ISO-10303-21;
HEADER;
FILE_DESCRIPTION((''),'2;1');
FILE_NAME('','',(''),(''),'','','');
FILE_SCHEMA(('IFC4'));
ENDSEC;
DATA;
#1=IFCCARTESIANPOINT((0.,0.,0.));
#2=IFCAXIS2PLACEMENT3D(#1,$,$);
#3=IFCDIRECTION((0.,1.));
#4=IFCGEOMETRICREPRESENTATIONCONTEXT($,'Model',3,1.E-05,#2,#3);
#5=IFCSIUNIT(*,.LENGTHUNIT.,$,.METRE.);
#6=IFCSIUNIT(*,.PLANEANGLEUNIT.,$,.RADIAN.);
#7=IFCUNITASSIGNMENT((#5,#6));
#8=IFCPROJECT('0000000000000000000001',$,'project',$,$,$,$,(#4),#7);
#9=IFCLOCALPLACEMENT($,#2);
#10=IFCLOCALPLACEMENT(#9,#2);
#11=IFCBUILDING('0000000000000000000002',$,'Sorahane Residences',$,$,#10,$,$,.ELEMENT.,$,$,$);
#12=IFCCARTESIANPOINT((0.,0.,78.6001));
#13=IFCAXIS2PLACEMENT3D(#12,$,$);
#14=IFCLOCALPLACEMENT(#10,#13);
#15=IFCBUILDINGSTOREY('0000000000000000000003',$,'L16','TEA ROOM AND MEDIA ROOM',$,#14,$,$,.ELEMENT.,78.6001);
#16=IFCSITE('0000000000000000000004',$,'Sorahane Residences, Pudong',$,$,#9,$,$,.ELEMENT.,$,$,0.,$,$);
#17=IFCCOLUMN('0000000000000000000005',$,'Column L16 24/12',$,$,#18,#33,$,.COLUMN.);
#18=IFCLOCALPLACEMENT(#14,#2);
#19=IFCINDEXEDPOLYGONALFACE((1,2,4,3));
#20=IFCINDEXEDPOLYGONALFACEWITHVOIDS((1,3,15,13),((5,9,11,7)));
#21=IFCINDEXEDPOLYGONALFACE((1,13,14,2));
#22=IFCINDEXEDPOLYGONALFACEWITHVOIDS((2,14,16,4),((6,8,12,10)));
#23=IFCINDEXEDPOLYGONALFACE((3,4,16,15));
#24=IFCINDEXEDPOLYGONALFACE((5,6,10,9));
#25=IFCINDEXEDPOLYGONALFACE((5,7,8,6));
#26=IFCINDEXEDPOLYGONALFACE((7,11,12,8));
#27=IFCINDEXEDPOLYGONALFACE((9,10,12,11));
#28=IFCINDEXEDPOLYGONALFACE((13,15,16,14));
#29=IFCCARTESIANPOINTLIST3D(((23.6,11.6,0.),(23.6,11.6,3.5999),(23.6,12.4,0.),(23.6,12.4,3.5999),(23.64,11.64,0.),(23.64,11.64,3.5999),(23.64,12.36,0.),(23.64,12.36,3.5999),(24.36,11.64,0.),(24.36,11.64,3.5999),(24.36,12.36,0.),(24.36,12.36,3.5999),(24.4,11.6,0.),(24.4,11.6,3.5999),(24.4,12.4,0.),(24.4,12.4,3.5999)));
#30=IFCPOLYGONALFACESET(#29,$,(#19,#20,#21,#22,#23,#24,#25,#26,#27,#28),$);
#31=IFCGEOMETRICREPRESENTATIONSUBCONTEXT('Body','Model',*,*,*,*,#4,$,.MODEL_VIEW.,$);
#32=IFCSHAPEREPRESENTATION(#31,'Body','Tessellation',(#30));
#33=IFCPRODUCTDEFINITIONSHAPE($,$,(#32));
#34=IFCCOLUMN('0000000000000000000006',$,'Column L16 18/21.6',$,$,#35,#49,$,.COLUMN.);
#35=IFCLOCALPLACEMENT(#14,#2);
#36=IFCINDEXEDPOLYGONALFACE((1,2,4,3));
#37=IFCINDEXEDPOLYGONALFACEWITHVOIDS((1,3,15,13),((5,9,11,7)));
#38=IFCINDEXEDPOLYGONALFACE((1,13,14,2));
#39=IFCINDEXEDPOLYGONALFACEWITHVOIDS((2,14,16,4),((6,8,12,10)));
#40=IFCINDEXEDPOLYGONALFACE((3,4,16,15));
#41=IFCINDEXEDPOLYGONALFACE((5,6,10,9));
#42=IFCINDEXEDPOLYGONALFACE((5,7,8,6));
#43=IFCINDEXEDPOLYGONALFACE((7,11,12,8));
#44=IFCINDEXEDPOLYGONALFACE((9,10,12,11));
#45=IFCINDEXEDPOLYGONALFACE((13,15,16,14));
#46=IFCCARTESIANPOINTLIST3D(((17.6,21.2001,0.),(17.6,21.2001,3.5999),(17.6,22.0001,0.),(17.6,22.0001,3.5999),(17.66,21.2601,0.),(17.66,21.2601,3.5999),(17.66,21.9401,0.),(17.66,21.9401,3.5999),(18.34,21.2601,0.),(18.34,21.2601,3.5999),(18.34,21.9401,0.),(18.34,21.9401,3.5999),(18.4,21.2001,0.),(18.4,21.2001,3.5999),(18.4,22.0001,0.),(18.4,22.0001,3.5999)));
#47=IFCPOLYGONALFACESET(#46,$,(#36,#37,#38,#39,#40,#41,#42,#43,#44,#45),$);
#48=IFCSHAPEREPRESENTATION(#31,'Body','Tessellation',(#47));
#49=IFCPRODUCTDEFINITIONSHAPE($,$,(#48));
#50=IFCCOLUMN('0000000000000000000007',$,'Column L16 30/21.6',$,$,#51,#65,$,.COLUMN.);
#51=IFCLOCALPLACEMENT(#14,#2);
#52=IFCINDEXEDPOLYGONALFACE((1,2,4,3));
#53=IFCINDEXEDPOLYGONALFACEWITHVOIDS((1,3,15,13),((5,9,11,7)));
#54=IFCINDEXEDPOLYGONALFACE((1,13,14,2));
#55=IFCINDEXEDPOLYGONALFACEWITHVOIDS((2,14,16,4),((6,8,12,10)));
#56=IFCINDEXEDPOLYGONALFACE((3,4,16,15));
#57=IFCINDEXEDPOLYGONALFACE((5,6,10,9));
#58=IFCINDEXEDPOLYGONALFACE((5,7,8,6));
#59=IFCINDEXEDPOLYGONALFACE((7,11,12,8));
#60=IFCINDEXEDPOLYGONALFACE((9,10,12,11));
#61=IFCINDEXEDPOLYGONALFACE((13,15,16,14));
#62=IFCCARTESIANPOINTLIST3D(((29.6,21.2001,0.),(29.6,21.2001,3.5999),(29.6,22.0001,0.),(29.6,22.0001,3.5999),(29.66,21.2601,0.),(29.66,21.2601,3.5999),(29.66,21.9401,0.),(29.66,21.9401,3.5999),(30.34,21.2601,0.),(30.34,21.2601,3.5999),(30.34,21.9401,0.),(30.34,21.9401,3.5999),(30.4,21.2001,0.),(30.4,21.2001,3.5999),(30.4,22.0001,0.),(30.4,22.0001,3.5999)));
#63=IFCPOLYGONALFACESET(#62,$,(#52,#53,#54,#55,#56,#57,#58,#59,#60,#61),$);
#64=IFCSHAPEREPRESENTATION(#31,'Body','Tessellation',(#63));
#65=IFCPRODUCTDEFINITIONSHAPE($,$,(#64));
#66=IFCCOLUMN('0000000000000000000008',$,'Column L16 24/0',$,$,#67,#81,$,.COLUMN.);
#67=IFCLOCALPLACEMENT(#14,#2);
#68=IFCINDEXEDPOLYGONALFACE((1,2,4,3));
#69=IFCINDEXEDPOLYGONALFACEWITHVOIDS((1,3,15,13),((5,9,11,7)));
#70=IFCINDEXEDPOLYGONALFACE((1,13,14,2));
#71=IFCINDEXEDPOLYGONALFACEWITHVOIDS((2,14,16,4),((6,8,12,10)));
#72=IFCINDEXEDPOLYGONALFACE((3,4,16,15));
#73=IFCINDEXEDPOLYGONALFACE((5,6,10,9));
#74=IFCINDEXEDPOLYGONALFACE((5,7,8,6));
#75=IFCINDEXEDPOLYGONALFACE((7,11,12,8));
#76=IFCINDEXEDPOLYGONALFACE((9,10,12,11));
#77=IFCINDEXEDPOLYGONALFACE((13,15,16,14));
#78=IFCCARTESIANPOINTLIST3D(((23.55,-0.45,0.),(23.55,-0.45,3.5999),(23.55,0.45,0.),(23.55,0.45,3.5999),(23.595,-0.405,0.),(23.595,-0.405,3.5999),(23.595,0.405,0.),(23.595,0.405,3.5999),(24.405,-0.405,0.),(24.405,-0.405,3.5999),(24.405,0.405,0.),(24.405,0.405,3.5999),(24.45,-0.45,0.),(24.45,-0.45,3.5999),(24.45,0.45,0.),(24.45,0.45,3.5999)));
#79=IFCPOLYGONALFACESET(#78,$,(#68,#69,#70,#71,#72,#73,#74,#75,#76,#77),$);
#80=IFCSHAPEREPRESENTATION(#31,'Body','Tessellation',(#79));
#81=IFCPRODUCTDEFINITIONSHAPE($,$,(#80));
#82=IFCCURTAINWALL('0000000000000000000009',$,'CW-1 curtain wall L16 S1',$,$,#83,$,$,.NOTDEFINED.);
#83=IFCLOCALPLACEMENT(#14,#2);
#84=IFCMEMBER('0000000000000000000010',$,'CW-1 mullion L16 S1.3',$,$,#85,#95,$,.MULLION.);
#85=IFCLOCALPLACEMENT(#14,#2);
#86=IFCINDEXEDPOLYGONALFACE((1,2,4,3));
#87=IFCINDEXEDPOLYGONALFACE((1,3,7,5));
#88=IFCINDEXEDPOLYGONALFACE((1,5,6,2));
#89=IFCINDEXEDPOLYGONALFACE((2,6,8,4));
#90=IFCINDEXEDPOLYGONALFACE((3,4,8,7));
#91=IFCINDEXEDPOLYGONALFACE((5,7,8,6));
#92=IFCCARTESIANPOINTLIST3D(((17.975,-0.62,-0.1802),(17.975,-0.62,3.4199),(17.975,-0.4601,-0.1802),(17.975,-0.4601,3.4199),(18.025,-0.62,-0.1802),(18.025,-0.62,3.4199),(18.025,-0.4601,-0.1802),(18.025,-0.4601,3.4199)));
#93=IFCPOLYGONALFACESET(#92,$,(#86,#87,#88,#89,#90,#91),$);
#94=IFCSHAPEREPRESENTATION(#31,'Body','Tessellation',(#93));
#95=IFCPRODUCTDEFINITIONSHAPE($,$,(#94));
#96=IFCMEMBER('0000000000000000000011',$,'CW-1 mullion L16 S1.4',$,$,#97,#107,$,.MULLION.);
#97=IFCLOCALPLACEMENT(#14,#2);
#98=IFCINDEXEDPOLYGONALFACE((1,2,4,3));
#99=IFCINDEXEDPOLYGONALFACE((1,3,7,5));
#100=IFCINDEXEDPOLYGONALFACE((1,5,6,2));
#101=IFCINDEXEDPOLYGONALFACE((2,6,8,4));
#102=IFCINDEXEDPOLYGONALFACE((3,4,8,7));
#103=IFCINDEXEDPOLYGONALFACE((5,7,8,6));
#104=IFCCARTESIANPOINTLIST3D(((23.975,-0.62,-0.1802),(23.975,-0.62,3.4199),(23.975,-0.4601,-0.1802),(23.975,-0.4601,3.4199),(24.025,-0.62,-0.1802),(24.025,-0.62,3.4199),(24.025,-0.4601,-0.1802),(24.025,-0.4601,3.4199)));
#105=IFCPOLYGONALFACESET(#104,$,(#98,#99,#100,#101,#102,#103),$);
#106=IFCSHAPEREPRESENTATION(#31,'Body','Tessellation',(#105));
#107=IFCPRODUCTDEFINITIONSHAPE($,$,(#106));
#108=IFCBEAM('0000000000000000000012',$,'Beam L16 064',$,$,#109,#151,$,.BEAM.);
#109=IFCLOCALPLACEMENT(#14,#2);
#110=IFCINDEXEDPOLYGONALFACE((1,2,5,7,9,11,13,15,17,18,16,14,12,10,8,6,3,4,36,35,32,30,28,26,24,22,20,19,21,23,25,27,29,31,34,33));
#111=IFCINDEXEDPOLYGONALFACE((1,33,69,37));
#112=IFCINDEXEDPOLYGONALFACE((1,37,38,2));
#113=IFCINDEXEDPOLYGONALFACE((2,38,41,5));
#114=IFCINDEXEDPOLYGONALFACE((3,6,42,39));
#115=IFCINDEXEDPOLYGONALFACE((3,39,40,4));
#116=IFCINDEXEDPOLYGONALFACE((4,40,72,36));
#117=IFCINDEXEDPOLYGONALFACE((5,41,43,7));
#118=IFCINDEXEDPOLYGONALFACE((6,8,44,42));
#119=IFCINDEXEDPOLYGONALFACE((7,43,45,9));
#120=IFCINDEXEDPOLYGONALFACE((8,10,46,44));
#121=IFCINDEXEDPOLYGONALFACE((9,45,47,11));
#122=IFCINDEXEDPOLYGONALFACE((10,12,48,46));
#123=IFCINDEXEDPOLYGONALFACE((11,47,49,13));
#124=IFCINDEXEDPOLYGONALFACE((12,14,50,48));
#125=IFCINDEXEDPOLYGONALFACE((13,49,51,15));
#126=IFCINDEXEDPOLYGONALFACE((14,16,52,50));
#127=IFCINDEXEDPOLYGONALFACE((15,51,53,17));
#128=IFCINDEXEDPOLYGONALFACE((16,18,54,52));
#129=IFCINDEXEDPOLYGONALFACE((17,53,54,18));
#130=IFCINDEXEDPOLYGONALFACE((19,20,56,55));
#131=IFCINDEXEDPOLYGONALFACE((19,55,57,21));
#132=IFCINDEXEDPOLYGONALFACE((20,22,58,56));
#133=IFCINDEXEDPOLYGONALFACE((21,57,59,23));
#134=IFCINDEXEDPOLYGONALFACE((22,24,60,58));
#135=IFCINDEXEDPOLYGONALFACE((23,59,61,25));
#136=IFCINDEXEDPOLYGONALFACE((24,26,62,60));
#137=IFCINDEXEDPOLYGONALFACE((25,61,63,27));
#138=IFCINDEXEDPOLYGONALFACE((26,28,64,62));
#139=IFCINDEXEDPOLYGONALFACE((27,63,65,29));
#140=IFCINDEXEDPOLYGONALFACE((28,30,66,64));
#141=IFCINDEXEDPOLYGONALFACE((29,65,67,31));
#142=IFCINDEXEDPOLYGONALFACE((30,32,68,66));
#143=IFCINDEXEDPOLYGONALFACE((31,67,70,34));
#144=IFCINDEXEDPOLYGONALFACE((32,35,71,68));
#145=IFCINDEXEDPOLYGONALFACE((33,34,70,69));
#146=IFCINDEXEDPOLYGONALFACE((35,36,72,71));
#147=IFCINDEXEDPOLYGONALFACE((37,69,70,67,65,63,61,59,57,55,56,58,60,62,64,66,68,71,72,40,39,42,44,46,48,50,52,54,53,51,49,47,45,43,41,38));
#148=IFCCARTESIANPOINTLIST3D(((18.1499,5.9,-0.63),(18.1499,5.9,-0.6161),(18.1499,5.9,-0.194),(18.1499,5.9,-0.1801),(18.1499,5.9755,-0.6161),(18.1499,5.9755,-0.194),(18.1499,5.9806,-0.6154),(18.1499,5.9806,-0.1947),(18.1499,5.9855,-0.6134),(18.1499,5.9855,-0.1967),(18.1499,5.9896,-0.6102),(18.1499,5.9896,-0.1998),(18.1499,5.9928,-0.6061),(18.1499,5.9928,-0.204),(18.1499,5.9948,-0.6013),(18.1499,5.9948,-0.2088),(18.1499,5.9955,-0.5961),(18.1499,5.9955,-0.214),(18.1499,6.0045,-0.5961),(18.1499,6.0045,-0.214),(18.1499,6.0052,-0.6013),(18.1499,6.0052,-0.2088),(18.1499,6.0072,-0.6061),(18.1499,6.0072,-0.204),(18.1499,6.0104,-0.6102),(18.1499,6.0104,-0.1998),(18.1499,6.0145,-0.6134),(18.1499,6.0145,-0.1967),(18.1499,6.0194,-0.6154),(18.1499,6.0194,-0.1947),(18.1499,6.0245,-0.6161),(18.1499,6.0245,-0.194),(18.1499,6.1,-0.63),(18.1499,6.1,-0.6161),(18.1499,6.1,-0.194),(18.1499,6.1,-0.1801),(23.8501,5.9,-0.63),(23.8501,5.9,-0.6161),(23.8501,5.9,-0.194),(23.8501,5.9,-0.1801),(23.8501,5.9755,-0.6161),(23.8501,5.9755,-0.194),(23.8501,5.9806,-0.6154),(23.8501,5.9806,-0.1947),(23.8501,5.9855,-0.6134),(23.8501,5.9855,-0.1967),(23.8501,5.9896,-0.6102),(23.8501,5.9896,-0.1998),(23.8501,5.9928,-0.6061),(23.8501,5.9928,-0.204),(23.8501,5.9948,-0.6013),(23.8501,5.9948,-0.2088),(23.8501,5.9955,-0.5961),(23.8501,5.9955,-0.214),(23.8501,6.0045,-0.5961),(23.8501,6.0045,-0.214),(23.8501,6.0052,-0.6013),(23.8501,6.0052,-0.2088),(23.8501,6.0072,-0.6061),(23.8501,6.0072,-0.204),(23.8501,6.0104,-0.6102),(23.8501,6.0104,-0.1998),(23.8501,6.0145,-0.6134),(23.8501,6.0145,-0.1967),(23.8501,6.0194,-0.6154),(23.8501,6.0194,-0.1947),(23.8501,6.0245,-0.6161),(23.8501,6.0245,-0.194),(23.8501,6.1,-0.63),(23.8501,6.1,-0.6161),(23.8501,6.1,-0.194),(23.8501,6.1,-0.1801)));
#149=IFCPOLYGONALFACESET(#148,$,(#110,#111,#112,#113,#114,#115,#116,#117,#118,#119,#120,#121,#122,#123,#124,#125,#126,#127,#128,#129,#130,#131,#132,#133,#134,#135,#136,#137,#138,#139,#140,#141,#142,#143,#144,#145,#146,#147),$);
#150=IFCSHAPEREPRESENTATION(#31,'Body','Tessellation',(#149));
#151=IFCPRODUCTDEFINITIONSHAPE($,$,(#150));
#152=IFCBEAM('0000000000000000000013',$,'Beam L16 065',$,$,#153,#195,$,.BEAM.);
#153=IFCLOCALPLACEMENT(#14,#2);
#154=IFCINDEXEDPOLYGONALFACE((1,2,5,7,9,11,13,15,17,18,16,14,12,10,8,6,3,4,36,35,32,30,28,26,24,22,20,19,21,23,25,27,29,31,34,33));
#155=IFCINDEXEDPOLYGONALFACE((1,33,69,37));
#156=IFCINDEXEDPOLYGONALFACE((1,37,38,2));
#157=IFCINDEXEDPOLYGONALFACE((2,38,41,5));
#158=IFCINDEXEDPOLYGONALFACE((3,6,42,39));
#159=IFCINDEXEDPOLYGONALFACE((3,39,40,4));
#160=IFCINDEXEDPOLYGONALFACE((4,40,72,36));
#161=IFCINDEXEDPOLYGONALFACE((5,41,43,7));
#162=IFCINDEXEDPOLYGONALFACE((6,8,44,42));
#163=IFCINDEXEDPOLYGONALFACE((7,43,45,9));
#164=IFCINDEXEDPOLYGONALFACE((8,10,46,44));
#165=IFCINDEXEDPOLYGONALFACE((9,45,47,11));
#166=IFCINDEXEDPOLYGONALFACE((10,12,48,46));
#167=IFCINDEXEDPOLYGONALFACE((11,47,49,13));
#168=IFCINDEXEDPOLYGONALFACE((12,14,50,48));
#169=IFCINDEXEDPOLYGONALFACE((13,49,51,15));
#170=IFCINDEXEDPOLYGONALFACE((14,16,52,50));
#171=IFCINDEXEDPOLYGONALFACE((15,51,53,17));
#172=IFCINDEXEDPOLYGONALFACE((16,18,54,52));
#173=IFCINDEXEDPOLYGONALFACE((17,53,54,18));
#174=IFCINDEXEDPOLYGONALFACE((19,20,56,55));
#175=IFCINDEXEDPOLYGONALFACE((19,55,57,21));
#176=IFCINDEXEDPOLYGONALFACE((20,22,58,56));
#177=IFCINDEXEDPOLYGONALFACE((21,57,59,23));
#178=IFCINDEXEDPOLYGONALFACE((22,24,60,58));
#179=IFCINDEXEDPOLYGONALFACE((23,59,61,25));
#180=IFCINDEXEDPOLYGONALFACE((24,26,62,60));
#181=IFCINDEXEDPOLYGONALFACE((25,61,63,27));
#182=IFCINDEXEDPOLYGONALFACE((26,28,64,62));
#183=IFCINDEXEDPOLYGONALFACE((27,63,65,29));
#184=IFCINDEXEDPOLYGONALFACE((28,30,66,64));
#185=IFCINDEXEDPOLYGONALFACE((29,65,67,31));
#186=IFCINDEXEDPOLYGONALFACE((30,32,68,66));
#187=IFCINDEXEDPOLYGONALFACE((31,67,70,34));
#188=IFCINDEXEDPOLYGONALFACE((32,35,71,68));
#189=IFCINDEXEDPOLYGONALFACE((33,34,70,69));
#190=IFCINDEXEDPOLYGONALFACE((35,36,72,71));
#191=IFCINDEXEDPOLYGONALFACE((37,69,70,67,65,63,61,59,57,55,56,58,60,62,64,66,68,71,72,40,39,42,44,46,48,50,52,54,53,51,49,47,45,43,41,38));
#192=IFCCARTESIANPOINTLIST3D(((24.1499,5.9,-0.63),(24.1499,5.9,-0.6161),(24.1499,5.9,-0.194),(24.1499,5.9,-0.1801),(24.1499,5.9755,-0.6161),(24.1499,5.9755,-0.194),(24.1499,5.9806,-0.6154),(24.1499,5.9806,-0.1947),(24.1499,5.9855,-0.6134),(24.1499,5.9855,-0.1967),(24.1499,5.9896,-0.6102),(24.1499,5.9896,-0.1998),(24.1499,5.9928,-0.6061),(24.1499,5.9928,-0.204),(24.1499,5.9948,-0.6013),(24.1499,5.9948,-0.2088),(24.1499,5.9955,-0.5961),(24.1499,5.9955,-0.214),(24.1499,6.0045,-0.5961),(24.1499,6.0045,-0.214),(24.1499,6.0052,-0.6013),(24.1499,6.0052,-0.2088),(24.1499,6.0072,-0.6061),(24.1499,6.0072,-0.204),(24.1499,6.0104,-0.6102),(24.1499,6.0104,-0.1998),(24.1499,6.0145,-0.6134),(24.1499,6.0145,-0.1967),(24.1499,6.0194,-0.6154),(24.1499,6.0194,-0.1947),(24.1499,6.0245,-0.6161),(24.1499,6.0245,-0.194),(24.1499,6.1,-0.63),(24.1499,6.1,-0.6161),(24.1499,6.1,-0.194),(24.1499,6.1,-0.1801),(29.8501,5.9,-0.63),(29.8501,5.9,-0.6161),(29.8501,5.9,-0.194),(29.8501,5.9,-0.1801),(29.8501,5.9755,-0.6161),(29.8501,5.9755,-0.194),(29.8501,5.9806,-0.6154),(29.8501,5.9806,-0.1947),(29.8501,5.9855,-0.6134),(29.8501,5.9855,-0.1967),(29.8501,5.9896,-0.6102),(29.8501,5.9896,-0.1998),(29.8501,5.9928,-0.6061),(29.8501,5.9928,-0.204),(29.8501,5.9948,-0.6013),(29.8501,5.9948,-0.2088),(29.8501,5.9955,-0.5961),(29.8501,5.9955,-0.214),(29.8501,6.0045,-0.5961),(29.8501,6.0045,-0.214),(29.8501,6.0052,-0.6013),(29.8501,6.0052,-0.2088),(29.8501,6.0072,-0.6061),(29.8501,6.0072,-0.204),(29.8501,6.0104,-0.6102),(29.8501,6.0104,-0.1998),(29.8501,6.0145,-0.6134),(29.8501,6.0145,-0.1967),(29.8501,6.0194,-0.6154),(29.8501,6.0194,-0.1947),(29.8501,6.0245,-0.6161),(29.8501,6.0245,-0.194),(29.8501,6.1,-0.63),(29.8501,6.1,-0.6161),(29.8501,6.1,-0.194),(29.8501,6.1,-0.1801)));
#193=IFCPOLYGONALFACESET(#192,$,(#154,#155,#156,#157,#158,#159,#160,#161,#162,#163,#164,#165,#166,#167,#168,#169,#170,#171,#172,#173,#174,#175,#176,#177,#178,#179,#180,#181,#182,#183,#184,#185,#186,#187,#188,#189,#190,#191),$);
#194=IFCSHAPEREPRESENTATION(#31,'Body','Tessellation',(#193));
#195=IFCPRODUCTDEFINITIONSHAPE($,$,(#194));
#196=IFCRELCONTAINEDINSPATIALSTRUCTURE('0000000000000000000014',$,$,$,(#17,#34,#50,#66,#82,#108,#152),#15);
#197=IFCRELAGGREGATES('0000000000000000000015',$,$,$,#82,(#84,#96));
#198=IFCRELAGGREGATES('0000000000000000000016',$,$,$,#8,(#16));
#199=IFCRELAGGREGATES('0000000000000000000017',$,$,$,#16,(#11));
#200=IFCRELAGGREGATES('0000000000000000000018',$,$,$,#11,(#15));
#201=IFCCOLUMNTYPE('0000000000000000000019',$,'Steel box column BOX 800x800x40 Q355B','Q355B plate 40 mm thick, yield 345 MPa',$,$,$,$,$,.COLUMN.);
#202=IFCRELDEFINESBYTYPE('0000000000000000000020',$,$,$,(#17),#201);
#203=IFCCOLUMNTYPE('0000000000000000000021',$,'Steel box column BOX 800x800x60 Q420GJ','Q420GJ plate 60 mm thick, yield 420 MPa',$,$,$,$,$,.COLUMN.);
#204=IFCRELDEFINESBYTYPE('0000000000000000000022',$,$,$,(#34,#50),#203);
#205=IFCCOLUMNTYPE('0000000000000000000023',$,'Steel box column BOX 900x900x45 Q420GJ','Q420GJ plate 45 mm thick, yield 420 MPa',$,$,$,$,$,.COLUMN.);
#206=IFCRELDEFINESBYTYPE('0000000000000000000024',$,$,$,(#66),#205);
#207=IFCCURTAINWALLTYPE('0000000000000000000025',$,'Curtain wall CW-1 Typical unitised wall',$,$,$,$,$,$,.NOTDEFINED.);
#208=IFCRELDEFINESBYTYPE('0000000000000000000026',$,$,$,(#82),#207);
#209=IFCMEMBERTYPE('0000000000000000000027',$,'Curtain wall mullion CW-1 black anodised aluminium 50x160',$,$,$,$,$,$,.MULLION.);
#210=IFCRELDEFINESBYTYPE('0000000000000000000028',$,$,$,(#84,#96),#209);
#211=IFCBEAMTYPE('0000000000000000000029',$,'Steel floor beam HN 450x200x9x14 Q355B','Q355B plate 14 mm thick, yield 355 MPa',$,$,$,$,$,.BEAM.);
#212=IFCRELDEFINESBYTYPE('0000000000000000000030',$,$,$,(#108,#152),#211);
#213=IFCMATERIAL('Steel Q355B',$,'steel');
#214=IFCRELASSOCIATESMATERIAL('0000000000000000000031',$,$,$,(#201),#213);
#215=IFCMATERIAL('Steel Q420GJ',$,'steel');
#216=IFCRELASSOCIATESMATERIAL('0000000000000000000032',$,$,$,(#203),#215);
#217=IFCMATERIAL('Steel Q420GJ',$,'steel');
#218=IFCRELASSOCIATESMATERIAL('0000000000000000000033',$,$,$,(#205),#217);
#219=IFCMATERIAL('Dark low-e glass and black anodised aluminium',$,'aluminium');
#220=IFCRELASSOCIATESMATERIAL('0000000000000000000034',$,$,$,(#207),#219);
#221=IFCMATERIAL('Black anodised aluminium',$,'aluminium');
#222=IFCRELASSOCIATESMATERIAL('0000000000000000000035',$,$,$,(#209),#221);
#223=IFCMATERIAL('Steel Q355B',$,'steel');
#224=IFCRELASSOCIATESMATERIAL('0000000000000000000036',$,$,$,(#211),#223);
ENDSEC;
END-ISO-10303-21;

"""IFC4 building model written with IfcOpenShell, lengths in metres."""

from ifc_helpers import new_model, si_unit, direction, frame, origin, origin_2d, place, context, subcontext, project, spatial, rectangle, hollow_rectangle, i_section, extrude, material, material_profile, profile_set, type_object, element, aggregate, save


model = new_model("IFC4")

# Units and contexts
model_context = context("Model", 3, precision=1e-05, world=origin(), true_north=direction((0.0, 1.0)))
body_context = subcontext(model_context, "Body", "Model", "MODEL_VIEW")
ifc_project = project(units=[si_unit("LENGTHUNIT", "METRE"), si_unit("PLANEANGLEUNIT", "RADIAN")], contexts=[model_context])

# Site, building, storey
site_placement = place(None, origin())
site = spatial("IfcSite", under=ifc_project, at=site_placement, Name="Sorahane Residences, Pudong", CompositionType="ELEMENT", RefElevation=0.0)
building_placement = place(site_placement, origin())
building = spatial("IfcBuilding", under=site, at=building_placement, Name="Sorahane Residences", CompositionType="ELEMENT")
storey_placement = place(building_placement, frame((0.0, 0.0, 78.6001)))
storey = spatial("IfcBuildingStorey", under=building, at=storey_placement, Name="L16", Description="TEA ROOM AND MEDIA ROOM", CompositionType="ELEMENT", Elevation=78.6001)

# Columns
ifc_material_1 = material(Name="Steel Q355B", Category="steel")
ifc_material_profile_1 = material_profile(ifc_material_1, hollow_rectangle(XDim=0.8, YDim=0.8, WallThickness=0.04, at=origin_2d()), Name="BOX 800x800x40")
ifc_profile_set_1 = profile_set([ifc_material_profile_1], Name="Steel Q355B")
column_type_1 = type_object("IfcColumnType", Name="Steel box column BOX 800x800x40 Q355B", Description="Q355B plate 40 mm thick, yield 345 MPa", PredefinedType="COLUMN", material=ifc_profile_set_1)
column_1_placement = place(storey_placement, frame((24.0, 12.0, 0.0), z_axis=(0.0, 0.0, 1.0), x_axis=(1.0, 0.0, 0.0)))
element("IfcColumn", 1, at=column_1_placement, inside=storey, type_object=column_type_1, Name="Column L16 24/12", PredefinedType="COLUMN", context=body_context, shape_type="SweptSolid", body=[
    extrude(hollow_rectangle(XDim=0.8, YDim=0.8, WallThickness=0.04, at=origin_2d()), origin(), (0.0, 0.0, 1.0), 3.5999),
])
ifc_material_2 = material(Name="Steel Q420GJ", Category="steel")
ifc_material_profile_2 = material_profile(ifc_material_2, hollow_rectangle(XDim=0.8, YDim=0.8, WallThickness=0.0601, at=origin_2d()), Name="BOX 800x800x60")
ifc_profile_set_2 = profile_set([ifc_material_profile_2], Name="Steel Q420GJ")
column_type_2 = type_object("IfcColumnType", Name="Steel box column BOX 800x800x60 Q420GJ", Description="Q420GJ plate 60 mm thick, yield 420 MPa", PredefinedType="COLUMN", material=ifc_profile_set_2)
for number, where, z_axis, x_axis, name in (
    (2, (18.0, 21.6001, 0.0), (0.0, 0.0, 1.0), (1.0, 0.0, 0.0), "Column L16 18/21.6"),
    (3, (30.0, 21.6001, 0.0), (0.0, 0.0, 1.0), (1.0, 0.0, 0.0), "Column L16 30/21.6"),
):
    element("IfcColumn", number, at=place(storey_placement, frame(where, z_axis=z_axis, x_axis=x_axis)), inside=storey, type_object=column_type_2, Name=name, PredefinedType="COLUMN", context=body_context, shape_type="SweptSolid", body=[
        extrude(hollow_rectangle(XDim=0.8, YDim=0.8, WallThickness=0.0601, at=origin_2d()), origin(), (0.0, 0.0, 1.0), 3.5999),
    ])
ifc_material_3 = material(Name="Steel Q420GJ", Category="steel")
ifc_material_profile_3 = material_profile(ifc_material_3, hollow_rectangle(XDim=0.8999, YDim=0.8999, WallThickness=0.0449, at=origin_2d()), Name="BOX 900x900x45")
ifc_profile_set_3 = profile_set([ifc_material_profile_3], Name="Steel Q420GJ")
column_type_3 = type_object("IfcColumnType", Name="Steel box column BOX 900x900x45 Q420GJ", Description="Q420GJ plate 45 mm thick, yield 420 MPa", PredefinedType="COLUMN", material=ifc_profile_set_3)
column_2_placement = place(storey_placement, frame((24.0, 0.0, 0.0), z_axis=(0.0, 0.0, 1.0), x_axis=(1.0, 0.0, 0.0)))
element("IfcColumn", 4, at=column_2_placement, inside=storey, type_object=column_type_3, Name="Column L16 24/0", PredefinedType="COLUMN", context=body_context, shape_type="SweptSolid", body=[
    extrude(hollow_rectangle(XDim=0.8999, YDim=0.8999, WallThickness=0.0449, at=origin_2d()), origin(), (0.0, 0.0, 1.0), 3.5999),
])

# Curtain wall, members
ifc_material_4 = material(Name="Dark low-e glass and black anodised aluminium", Category="aluminium")
curtain_wall_type = type_object("IfcCurtainWallType", Name="Curtain wall CW-1 Typical unitised wall", PredefinedType="NOTDEFINED", material=ifc_material_4)
curtain_wall_placement = place(storey_placement, origin())
curtain_wall = element("IfcCurtainWall", 5, at=curtain_wall_placement, inside=storey, type_object=curtain_wall_type, Name="CW-1 curtain wall L16 S1", PredefinedType="NOTDEFINED")
ifc_material_5 = material(Name="Black anodised aluminium", Category="aluminium")
ifc_material_profile_4 = material_profile(ifc_material_5, rectangle(XDim=0.1599, YDim=0.05, at=origin_2d()), Name="Curtain wall mullion CW-1 black anodised aluminium 50x160")
ifc_profile_set_4 = profile_set([ifc_material_profile_4], Name="Black anodised aluminium")
member_type = type_object("IfcMemberType", Name="Curtain wall mullion CW-1 black anodised aluminium 50x160", PredefinedType="MULLION", material=ifc_profile_set_4)
member_1_placement = place(storey_placement, frame((18.0, -0.54, -0.1802), z_axis=(0.0, 0.0, 1.0), x_axis=(0.0, -1.0, 0.0)))
member_1 = element("IfcMember", 6, at=member_1_placement, type_object=member_type, Name="CW-1 mullion L16 S1.3", PredefinedType="MULLION", context=body_context, shape_type="SweptSolid", body=[
    extrude(rectangle(XDim=0.1599, YDim=0.05, at=origin_2d()), origin(), (0.0, 0.0, 1.0), 3.6001),
])
member_2_placement = place(storey_placement, frame((24.0, -0.54, -0.1802), z_axis=(0.0, 0.0, 1.0), x_axis=(0.0, -1.0, 0.0)))
member_2 = element("IfcMember", 7, at=member_2_placement, type_object=member_type, Name="CW-1 mullion L16 S1.4", PredefinedType="MULLION", context=body_context, shape_type="SweptSolid", body=[
    extrude(rectangle(XDim=0.1599, YDim=0.05, at=origin_2d()), origin(), (0.0, 0.0, 1.0), 3.6001),
])

# Beams
ifc_material_6 = material(Name="Steel Q355B", Category="steel")
ifc_material_profile_5 = material_profile(ifc_material_6, i_section(OverallWidth=0.2, OverallDepth=0.45, WebThickness=0.009, FlangeThickness=0.0139, FilletRadius=0.02, at=origin_2d()), Name="HN 450x200x9x14")
ifc_profile_set_5 = profile_set([ifc_material_profile_5], Name="Steel Q355B")
beam_type_1 = type_object("IfcBeamType", Name="Steel floor beam HN 450x200x9x14 Q355B", Description="Q355B plate 14 mm thick, yield 355 MPa", PredefinedType="BEAM", material=ifc_profile_set_5)
for number, where, z_axis, x_axis, name in (
    (8, (18.1499, 6.0, -0.405), (1.0, 0.0, 0.0), (0.0, 1.0, 0.0), "Beam L16 064"),
    (9, (24.1499, 6.0, -0.405), (1.0, 0.0, 0.0), (0.0, 1.0, 0.0), "Beam L16 065"),
):
    element("IfcBeam", number, at=place(storey_placement, frame(where, z_axis=z_axis, x_axis=x_axis)), inside=storey, type_object=beam_type_1, Name=name, PredefinedType="BEAM", context=body_context, shape_type="SweptSolid", body=[
        extrude(i_section(OverallWidth=0.2, OverallDepth=0.45, WebThickness=0.009, FlangeThickness=0.0139, FilletRadius=0.02, at=origin_2d()), origin(), (0.0, 0.0, 1.0), 5.7002),
    ])

aggregate(curtain_wall, [member_1, member_2])

save(model, "model.ifc")
